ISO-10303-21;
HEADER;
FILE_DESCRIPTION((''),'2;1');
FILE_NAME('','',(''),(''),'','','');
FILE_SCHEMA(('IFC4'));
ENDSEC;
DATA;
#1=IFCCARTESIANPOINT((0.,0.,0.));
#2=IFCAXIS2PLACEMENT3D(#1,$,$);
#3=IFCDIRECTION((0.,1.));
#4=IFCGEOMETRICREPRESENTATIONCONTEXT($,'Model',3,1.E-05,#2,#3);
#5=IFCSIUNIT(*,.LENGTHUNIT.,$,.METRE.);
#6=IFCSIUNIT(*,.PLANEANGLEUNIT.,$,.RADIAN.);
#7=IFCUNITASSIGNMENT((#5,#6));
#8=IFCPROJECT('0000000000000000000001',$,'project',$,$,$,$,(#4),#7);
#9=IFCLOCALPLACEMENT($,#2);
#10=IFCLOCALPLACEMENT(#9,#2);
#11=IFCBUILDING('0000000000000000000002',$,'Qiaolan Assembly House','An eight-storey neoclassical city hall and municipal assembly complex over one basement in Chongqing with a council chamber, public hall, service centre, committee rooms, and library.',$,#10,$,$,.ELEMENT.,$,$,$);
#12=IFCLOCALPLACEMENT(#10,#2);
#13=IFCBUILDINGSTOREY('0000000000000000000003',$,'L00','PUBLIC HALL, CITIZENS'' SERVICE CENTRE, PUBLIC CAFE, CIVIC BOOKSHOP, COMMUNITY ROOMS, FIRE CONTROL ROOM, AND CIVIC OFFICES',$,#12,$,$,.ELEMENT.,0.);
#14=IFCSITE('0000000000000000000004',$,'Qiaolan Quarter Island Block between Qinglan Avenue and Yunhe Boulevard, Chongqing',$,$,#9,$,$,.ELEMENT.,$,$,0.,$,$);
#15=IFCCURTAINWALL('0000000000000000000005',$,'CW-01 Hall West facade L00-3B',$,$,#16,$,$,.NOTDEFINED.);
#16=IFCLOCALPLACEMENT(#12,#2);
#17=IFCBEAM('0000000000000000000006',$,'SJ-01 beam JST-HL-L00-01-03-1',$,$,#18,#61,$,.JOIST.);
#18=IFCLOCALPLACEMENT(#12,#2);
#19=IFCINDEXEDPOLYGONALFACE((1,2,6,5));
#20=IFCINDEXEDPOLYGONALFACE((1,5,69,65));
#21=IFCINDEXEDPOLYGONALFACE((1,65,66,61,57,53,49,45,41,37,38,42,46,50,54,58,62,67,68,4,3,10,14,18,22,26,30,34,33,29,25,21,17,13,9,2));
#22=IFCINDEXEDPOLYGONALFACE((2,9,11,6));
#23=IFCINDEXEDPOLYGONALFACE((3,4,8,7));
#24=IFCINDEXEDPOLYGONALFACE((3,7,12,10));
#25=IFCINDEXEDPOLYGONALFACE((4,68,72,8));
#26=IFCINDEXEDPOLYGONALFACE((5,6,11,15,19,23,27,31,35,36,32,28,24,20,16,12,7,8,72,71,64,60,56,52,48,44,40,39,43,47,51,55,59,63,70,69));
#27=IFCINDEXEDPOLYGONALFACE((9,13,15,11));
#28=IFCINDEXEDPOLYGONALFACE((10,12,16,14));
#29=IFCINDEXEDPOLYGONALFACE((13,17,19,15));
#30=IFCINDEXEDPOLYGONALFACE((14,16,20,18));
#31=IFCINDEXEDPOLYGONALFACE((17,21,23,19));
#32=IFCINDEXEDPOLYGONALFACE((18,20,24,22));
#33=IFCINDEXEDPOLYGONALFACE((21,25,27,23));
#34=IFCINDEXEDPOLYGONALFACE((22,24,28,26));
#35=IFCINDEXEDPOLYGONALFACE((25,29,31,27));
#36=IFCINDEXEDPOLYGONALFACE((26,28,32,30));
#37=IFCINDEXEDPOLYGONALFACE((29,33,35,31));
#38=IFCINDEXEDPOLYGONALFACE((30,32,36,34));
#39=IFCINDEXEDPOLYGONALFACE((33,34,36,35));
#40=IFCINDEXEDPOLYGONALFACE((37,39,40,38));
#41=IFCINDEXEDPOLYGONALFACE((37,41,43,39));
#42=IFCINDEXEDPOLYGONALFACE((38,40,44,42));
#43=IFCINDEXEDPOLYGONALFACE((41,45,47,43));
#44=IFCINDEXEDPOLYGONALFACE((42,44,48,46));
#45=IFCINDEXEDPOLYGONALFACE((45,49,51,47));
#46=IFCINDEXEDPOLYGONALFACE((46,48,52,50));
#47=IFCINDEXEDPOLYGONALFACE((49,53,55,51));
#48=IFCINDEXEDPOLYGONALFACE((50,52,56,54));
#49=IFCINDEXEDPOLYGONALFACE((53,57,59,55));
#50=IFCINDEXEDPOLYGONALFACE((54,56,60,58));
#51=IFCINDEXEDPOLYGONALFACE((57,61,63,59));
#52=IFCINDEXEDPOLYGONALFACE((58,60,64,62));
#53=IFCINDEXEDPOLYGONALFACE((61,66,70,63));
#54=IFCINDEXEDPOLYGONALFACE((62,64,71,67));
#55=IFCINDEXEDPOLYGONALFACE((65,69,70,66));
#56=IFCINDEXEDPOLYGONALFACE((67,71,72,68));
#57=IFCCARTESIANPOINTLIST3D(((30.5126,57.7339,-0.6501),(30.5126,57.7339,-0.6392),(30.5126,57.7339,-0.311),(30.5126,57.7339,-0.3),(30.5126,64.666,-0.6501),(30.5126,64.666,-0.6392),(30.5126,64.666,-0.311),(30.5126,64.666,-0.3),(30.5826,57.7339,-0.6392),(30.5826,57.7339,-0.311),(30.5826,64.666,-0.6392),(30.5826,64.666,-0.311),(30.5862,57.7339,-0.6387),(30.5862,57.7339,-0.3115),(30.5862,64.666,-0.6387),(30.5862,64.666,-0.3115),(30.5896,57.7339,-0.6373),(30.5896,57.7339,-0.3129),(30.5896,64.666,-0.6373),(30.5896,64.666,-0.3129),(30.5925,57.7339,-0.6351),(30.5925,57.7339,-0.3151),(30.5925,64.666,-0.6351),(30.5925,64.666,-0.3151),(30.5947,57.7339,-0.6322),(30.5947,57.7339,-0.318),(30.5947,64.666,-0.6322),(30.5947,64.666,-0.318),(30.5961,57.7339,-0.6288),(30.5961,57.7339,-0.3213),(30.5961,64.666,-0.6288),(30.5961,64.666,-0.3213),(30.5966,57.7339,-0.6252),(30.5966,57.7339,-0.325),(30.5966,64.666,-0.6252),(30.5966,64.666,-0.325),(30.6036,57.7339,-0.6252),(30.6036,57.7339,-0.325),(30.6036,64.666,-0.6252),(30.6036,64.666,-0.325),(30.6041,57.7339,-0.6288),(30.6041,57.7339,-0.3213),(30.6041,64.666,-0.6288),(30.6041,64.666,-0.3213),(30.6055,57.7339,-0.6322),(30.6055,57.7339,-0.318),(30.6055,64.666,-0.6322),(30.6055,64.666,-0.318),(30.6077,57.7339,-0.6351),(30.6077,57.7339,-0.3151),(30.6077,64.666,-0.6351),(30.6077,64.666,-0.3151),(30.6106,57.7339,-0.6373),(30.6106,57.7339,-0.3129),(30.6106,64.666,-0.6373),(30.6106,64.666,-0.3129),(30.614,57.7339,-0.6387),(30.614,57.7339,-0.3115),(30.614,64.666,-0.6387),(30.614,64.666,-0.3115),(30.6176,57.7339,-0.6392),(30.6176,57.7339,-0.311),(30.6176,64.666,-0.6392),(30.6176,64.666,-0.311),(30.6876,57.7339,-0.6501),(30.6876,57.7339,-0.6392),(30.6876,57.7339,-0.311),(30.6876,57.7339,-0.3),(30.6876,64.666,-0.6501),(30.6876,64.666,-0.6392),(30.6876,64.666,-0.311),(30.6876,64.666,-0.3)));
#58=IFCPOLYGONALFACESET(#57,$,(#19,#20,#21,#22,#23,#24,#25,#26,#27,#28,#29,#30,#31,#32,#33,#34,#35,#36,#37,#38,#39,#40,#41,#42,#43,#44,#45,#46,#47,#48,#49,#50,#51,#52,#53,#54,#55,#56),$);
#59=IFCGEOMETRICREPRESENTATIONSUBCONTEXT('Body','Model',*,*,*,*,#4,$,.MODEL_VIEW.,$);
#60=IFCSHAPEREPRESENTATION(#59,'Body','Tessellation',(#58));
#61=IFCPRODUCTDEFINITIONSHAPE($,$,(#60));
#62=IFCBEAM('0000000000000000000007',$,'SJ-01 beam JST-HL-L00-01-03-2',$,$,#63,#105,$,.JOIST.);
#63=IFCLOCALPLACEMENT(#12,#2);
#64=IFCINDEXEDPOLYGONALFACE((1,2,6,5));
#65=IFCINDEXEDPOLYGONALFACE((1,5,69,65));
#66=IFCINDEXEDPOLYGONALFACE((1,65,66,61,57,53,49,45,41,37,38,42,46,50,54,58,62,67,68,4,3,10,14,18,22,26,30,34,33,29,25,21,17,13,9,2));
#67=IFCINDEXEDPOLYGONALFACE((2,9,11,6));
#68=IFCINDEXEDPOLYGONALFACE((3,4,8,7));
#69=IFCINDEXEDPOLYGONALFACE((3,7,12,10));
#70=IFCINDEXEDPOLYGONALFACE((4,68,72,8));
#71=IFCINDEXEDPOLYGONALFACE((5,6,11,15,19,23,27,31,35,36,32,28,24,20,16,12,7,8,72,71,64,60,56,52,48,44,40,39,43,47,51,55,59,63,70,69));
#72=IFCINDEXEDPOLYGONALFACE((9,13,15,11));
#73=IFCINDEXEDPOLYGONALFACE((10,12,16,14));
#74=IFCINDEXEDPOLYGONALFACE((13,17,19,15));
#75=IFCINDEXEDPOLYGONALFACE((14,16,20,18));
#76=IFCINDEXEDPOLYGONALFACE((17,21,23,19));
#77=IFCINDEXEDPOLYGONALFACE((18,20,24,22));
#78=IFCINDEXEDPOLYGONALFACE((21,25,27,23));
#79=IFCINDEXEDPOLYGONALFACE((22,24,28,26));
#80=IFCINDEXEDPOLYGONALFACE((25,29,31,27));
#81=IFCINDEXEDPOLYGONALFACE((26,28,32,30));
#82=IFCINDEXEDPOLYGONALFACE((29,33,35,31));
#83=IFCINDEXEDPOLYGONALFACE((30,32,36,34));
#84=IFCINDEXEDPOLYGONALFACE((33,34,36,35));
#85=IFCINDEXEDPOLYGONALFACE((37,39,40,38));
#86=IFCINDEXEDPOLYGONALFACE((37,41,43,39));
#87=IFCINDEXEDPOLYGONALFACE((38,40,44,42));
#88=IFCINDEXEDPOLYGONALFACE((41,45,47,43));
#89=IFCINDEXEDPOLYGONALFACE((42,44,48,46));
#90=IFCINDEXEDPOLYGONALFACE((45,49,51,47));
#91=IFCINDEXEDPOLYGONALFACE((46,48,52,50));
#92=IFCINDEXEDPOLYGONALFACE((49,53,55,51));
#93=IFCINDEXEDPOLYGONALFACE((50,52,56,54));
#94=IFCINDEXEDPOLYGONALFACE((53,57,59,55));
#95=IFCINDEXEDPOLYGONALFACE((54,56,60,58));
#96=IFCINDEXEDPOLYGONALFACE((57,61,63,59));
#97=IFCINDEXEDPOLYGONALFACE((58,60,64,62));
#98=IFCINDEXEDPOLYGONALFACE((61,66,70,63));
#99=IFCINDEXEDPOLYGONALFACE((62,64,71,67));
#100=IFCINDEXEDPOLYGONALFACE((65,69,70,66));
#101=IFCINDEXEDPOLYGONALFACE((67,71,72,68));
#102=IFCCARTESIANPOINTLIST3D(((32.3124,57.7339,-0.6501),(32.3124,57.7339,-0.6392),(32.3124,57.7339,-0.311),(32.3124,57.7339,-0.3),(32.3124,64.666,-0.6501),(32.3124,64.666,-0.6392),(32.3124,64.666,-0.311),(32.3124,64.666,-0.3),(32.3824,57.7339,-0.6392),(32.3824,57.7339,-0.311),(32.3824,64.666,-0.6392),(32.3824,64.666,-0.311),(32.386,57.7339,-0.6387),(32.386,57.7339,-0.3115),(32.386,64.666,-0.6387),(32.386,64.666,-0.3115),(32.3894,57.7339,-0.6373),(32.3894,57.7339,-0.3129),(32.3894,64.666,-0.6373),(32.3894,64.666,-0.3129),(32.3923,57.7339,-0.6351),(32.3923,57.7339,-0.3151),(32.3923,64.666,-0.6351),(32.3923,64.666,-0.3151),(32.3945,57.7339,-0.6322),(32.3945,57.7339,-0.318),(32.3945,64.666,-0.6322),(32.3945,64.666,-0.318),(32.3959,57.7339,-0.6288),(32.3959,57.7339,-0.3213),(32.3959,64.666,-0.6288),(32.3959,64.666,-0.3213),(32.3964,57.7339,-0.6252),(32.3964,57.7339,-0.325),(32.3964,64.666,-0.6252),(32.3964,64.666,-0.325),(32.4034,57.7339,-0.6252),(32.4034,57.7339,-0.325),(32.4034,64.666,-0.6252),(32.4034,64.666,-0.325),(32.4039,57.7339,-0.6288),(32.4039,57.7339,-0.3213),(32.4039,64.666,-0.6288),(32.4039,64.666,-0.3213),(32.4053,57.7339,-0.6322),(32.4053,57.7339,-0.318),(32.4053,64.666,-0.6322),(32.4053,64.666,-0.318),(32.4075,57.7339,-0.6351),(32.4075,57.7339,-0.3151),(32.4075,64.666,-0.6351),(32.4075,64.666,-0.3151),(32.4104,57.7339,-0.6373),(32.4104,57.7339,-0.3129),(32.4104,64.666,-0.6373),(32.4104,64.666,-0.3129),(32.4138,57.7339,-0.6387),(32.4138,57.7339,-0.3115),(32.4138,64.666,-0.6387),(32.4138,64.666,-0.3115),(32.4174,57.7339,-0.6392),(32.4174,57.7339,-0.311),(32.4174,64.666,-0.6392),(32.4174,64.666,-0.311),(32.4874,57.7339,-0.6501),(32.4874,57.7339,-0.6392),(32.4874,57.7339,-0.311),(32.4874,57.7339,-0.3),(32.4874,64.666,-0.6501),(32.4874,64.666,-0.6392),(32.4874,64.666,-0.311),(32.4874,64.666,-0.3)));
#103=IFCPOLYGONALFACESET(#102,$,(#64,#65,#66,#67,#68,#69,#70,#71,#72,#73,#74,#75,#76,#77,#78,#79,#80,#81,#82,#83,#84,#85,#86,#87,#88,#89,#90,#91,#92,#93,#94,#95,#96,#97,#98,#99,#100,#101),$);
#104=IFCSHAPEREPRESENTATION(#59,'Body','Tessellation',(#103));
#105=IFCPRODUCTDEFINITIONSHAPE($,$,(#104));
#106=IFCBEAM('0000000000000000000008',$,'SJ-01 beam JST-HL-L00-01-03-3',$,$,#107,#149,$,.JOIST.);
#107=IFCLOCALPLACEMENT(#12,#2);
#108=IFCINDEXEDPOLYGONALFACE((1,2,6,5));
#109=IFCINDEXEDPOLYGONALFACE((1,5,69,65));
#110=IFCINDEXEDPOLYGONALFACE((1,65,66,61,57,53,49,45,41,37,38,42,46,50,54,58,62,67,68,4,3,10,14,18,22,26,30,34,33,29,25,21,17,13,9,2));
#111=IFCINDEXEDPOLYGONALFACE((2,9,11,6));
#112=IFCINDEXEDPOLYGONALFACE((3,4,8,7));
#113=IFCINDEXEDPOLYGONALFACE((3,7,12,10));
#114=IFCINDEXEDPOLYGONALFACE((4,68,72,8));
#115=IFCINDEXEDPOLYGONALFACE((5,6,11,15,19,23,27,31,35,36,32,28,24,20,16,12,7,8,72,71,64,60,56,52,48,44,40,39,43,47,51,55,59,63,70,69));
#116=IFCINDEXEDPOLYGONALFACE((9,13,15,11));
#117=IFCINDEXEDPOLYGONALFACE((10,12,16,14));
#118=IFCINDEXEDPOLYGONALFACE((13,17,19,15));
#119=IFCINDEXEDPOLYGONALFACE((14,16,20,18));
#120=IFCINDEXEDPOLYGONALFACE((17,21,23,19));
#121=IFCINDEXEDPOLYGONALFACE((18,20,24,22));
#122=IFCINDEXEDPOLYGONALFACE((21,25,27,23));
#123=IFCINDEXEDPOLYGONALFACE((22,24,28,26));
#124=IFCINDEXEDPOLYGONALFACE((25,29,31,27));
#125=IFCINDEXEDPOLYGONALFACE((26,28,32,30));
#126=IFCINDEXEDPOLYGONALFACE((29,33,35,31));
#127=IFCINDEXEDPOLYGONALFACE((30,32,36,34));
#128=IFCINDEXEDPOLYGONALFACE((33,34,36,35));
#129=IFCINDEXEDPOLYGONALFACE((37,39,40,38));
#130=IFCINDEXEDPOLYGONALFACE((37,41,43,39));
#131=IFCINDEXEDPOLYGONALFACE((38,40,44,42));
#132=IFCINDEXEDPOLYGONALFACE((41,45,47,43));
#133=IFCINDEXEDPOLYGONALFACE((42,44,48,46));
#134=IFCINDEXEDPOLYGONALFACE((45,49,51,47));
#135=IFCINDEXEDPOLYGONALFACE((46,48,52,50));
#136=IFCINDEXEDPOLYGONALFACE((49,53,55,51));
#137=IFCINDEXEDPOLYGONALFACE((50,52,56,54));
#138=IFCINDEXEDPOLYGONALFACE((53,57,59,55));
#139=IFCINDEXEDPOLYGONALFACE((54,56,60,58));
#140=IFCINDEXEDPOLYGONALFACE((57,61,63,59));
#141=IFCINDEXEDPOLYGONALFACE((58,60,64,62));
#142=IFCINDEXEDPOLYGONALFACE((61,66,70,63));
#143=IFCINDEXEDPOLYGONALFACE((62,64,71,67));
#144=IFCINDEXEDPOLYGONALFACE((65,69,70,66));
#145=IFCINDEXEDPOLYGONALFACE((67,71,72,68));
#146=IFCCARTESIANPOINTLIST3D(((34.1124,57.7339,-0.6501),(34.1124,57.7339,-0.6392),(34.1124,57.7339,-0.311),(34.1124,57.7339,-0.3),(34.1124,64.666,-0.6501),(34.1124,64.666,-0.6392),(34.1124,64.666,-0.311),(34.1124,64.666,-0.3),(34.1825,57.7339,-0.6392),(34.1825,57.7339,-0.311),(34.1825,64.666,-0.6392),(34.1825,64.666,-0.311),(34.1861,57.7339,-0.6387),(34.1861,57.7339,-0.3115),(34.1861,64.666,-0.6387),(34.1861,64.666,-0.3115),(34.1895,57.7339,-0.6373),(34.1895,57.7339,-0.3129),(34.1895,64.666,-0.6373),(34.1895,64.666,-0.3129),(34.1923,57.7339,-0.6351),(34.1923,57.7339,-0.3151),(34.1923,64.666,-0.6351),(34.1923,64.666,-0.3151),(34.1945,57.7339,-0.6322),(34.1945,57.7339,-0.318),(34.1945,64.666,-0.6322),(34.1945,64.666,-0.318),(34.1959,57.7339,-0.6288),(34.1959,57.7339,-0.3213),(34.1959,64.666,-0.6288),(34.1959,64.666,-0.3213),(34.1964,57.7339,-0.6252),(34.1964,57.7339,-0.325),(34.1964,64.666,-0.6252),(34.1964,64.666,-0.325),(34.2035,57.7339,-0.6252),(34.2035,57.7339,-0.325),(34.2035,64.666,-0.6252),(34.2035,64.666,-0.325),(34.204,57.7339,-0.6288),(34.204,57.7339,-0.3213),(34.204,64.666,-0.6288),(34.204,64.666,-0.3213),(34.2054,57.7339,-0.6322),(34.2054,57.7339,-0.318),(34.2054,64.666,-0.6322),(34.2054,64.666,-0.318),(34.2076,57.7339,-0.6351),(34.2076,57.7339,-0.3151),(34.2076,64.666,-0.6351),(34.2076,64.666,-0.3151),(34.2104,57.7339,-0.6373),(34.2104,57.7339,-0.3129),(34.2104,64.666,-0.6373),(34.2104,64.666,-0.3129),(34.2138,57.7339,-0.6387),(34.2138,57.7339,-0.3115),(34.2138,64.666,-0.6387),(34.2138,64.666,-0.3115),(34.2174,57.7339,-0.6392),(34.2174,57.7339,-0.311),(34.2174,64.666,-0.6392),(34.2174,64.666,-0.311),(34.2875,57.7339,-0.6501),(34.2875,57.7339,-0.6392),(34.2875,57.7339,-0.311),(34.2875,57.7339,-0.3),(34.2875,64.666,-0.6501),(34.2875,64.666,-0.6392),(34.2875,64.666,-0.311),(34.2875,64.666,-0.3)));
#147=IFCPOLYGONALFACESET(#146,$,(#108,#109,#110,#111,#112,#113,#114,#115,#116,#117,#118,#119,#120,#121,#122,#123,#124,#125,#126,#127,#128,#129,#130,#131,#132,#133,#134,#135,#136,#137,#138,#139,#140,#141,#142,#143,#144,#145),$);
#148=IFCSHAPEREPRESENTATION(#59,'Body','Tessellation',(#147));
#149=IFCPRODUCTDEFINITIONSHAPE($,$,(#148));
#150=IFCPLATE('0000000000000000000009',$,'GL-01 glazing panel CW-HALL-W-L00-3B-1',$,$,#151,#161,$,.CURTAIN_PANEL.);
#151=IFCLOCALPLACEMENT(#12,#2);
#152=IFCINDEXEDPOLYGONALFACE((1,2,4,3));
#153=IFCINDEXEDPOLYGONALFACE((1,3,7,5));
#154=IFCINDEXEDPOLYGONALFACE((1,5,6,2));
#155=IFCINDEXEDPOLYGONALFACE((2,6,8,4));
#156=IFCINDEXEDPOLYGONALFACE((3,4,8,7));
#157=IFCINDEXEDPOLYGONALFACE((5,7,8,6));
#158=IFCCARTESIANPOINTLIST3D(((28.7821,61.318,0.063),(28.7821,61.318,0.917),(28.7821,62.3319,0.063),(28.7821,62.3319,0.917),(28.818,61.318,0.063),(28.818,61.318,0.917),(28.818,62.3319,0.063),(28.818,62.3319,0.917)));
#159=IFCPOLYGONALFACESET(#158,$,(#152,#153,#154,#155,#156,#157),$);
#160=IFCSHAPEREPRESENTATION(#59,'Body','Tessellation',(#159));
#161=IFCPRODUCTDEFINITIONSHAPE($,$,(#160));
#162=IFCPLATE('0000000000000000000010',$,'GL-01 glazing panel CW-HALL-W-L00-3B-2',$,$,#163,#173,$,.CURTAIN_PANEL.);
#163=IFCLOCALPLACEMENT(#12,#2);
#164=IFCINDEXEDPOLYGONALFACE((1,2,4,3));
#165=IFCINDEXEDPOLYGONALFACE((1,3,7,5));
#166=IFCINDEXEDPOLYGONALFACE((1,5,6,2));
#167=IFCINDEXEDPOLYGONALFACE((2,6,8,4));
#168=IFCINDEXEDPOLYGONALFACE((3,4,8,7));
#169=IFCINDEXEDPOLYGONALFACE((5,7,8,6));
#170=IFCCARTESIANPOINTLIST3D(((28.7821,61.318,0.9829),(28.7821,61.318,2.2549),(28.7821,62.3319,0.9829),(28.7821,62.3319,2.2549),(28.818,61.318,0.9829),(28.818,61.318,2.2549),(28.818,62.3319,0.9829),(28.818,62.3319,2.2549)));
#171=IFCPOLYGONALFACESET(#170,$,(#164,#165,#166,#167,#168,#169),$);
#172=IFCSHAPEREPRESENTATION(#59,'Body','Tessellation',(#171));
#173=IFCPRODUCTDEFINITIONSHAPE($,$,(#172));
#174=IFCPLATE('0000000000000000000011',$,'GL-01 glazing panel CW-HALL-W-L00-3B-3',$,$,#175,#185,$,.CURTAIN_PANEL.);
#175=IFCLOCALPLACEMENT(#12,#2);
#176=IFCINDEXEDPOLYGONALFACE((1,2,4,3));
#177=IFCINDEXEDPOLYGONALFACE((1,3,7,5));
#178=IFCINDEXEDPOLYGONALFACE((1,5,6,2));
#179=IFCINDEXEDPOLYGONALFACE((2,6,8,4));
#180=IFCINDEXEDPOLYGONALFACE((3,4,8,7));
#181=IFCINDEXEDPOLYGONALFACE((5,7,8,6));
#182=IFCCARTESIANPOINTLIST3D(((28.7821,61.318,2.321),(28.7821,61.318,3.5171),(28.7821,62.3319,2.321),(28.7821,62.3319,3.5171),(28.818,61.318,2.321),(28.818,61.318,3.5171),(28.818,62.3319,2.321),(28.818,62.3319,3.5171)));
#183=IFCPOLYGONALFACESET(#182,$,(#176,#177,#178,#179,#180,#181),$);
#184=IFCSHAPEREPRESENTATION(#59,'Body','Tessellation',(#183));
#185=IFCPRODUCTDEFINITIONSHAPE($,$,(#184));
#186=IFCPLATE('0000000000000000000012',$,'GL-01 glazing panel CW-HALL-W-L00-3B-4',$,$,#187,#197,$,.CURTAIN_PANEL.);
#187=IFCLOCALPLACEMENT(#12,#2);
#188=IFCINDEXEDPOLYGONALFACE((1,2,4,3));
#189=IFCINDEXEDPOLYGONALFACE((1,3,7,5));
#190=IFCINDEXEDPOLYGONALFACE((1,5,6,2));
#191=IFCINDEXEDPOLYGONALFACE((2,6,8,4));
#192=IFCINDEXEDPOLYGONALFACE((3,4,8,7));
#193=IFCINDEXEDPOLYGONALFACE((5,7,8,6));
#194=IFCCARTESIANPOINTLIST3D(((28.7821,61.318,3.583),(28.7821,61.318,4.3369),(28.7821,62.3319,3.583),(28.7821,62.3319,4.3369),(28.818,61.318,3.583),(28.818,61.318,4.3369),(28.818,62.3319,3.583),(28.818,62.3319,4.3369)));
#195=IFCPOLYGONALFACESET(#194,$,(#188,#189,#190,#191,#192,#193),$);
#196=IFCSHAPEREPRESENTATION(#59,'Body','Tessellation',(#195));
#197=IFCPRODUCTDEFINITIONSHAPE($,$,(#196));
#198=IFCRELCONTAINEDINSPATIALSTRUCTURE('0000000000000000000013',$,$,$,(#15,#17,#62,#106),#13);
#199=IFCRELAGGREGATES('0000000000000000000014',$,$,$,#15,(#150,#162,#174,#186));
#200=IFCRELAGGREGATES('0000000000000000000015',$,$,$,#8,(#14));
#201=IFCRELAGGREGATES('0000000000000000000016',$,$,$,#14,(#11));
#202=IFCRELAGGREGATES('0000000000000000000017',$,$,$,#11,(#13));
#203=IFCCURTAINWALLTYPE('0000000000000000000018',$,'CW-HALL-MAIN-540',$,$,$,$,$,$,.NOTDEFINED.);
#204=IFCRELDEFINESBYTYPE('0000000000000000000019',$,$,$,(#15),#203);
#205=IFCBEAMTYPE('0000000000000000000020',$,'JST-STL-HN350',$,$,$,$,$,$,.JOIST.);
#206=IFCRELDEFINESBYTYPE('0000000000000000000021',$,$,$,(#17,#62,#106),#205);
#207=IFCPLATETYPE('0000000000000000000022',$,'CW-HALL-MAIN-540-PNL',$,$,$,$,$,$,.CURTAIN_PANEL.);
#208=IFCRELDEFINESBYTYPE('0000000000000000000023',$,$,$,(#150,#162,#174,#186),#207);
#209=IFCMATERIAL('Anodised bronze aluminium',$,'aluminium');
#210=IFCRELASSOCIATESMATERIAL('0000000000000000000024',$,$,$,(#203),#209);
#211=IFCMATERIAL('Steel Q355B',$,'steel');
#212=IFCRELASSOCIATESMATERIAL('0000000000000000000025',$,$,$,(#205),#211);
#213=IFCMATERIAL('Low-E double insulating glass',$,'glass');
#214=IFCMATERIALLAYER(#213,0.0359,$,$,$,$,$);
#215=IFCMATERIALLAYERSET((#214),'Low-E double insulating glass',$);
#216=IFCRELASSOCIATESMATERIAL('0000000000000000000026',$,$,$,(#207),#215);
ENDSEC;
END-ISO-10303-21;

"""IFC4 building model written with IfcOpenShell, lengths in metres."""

from ifc_helpers import new_model, si_unit, direction, frame, frame_2d, origin, origin_2d, place, context, subcontext, project, spatial, rectangle, i_section, extrude, material, layer, layer_set, material_profile, profile_set, type_object, element, aggregate, save


model = new_model("IFC4")

# Units and contexts
model_context = context("Model", 3, precision=1e-05, world=origin(), true_north=direction((0.0, 1.0)))
body_context = subcontext(model_context, "Body", "Model", "MODEL_VIEW")
ifc_project = project(units=[si_unit("LENGTHUNIT", "METRE"), si_unit("PLANEANGLEUNIT", "RADIAN")], contexts=[model_context])

# Site, building, storey
site_placement = place(None, origin())
site = spatial("IfcSite", under=ifc_project, at=site_placement, Name="Qiaolan Quarter Island Block between Qinglan Avenue and Yunhe Boulevard, Chongqing", CompositionType="ELEMENT", RefElevation=0.0)
building_placement = place(site_placement, origin())
building = spatial("IfcBuilding", under=site, at=building_placement, Name="Qiaolan Assembly House", Description="An eight-storey neoclassical city hall and municipal assembly complex over one basement in Chongqing with a council chamber, public hall, service centre, committee rooms, and library.", CompositionType="ELEMENT")
storey_placement = place(building_placement, origin())
storey = spatial("IfcBuildingStorey", under=building, at=storey_placement, Name="L00", Description="PUBLIC HALL, CITIZENS' SERVICE CENTRE, PUBLIC CAFE, CIVIC BOOKSHOP, COMMUNITY ROOMS, FIRE CONTROL ROOM, AND CIVIC OFFICES", CompositionType="ELEMENT", Elevation=0.0)

# Shared definitions
ifc_material_1 = material(Name="Steel Q355B", Category="steel")

# Shared definitions
ifc_material_2 = material(Name="Anodised bronze aluminium", Category="aluminium")
curtain_wall_type = type_object("IfcCurtainWallType", Name="CW-HALL-MAIN-540", PredefinedType="NOTDEFINED", material=ifc_material_2)

# Curtain wall
curtain_wall_1_placement = place(storey_placement, origin())
curtain_wall_1 = element("IfcCurtainWall", 1, at=curtain_wall_1_placement, inside=storey, type_object=curtain_wall_type, Name="CW-01 Hall West facade L00-3B", PredefinedType="NOTDEFINED")

# Beams
ifc_material_profile_1 = material_profile(ifc_material_1, i_section(OverallWidth=0.175, OverallDepth=0.3501, WebThickness=0.0071, FlangeThickness=0.011, FilletRadius=0.0139, at=origin_2d()), Name="HN 350x175x7x11")
ifc_profile_set_1 = profile_set([ifc_material_profile_1], Name="Steel Q355B")
beam_type_1 = type_object("IfcBeamType", Name="JST-STL-HN350", PredefinedType="JOIST", material=ifc_profile_set_1)
for number, where, z_axis, x_axis, name in (
    (2, (30.6001, 57.7339, -0.4751), (0.0, 1.0, 0.0), (-1.0, 0.0, 0.0), "SJ-01 beam JST-HL-L00-01-03-1"),
    (3, (32.3999, 57.7339, -0.4751), (0.0, 1.0, 0.0), (-1.0, 0.0, 0.0), "SJ-01 beam JST-HL-L00-01-03-2"),
    (4, (34.2, 57.7339, -0.4751), (0.0, 1.0, 0.0), (-1.0, 0.0, 0.0), "SJ-01 beam JST-HL-L00-01-03-3"),
):
    element("IfcBeam", number, at=place(storey_placement, frame(where, z_axis=z_axis, x_axis=x_axis)), inside=storey, type_object=beam_type_1, Name=name, PredefinedType="JOIST", context=body_context, shape_type="SweptSolid", body=[
        extrude(i_section(OverallWidth=0.175, OverallDepth=0.3501, WebThickness=0.0071, FlangeThickness=0.011, FilletRadius=0.0139, at=origin_2d()), origin(), (0.0, 0.0, 1.0), 6.9321),
    ])

# Plates
ifc_material_3 = material(Name="Low-E double insulating glass", Category="glass")
ifc_layer_1 = layer(ifc_material_3, 0.0359)
ifc_layer_set_1 = layer_set([ifc_layer_1], Name="Low-E double insulating glass")
plate_type_1 = type_object("IfcPlateType", Name="CW-HALL-MAIN-540-PNL", PredefinedType="CURTAIN_PANEL", material=ifc_layer_set_1)
plate_1_placement = place(storey_placement, frame((28.8, 61.3181, 0.063), z_axis=(0.0, 0.0, 1.0), x_axis=(0.0, 1.0, 0.0)))
plate_1 = element("IfcPlate", 5, at=plate_1_placement, type_object=plate_type_1, Name="GL-01 glazing panel CW-HALL-W-L00-3B-1", PredefinedType="CURTAIN_PANEL", context=body_context, shape_type="SweptSolid", body=[
    extrude(rectangle(XDim=1.0139, YDim=0.0359, at=frame_2d((0.5068, 0.0))), origin(), (0.0, 0.0, 1.0), 0.854),
])
plate_2_placement = place(storey_placement, frame((28.8, 61.3181, 0.9829), z_axis=(0.0, 0.0, 1.0), x_axis=(0.0, 1.0, 0.0)))
plate_2 = element("IfcPlate", 6, at=plate_2_placement, type_object=plate_type_1, Name="GL-01 glazing panel CW-HALL-W-L00-3B-2", PredefinedType="CURTAIN_PANEL", context=body_context, shape_type="SweptSolid", body=[
    extrude(rectangle(XDim=1.0139, YDim=0.0359, at=frame_2d((0.5068, 0.0))), origin(), (0.0, 0.0, 1.0), 1.272),
])
plate_3_placement = place(storey_placement, frame((28.8, 61.3181, 2.321), z_axis=(0.0, 0.0, 1.0), x_axis=(0.0, 1.0, 0.0)))
plate_3 = element("IfcPlate", 7, at=plate_3_placement, type_object=plate_type_1, Name="GL-01 glazing panel CW-HALL-W-L00-3B-3", PredefinedType="CURTAIN_PANEL", context=body_context, shape_type="SweptSolid", body=[
    extrude(rectangle(XDim=1.0139, YDim=0.0359, at=frame_2d((0.5068, 0.0))), origin(), (0.0, 0.0, 1.0), 1.196),
])
plate_4_placement = place(storey_placement, frame((28.8, 61.3181, 3.583), z_axis=(0.0, 0.0, 1.0), x_axis=(0.0, 1.0, 0.0)))
plate_4 = element("IfcPlate", 8, at=plate_4_placement, type_object=plate_type_1, Name="GL-01 glazing panel CW-HALL-W-L00-3B-4", PredefinedType="CURTAIN_PANEL", context=body_context, shape_type="SweptSolid", body=[
    extrude(rectangle(XDim=1.0139, YDim=0.0359, at=frame_2d((0.5068, 0.0))), origin(), (0.0, 0.0, 1.0), 0.7539),
])
aggregate(curtain_wall_1, [plate_1, plate_2, plate_3, plate_4])

save(model, "model.ifc")
